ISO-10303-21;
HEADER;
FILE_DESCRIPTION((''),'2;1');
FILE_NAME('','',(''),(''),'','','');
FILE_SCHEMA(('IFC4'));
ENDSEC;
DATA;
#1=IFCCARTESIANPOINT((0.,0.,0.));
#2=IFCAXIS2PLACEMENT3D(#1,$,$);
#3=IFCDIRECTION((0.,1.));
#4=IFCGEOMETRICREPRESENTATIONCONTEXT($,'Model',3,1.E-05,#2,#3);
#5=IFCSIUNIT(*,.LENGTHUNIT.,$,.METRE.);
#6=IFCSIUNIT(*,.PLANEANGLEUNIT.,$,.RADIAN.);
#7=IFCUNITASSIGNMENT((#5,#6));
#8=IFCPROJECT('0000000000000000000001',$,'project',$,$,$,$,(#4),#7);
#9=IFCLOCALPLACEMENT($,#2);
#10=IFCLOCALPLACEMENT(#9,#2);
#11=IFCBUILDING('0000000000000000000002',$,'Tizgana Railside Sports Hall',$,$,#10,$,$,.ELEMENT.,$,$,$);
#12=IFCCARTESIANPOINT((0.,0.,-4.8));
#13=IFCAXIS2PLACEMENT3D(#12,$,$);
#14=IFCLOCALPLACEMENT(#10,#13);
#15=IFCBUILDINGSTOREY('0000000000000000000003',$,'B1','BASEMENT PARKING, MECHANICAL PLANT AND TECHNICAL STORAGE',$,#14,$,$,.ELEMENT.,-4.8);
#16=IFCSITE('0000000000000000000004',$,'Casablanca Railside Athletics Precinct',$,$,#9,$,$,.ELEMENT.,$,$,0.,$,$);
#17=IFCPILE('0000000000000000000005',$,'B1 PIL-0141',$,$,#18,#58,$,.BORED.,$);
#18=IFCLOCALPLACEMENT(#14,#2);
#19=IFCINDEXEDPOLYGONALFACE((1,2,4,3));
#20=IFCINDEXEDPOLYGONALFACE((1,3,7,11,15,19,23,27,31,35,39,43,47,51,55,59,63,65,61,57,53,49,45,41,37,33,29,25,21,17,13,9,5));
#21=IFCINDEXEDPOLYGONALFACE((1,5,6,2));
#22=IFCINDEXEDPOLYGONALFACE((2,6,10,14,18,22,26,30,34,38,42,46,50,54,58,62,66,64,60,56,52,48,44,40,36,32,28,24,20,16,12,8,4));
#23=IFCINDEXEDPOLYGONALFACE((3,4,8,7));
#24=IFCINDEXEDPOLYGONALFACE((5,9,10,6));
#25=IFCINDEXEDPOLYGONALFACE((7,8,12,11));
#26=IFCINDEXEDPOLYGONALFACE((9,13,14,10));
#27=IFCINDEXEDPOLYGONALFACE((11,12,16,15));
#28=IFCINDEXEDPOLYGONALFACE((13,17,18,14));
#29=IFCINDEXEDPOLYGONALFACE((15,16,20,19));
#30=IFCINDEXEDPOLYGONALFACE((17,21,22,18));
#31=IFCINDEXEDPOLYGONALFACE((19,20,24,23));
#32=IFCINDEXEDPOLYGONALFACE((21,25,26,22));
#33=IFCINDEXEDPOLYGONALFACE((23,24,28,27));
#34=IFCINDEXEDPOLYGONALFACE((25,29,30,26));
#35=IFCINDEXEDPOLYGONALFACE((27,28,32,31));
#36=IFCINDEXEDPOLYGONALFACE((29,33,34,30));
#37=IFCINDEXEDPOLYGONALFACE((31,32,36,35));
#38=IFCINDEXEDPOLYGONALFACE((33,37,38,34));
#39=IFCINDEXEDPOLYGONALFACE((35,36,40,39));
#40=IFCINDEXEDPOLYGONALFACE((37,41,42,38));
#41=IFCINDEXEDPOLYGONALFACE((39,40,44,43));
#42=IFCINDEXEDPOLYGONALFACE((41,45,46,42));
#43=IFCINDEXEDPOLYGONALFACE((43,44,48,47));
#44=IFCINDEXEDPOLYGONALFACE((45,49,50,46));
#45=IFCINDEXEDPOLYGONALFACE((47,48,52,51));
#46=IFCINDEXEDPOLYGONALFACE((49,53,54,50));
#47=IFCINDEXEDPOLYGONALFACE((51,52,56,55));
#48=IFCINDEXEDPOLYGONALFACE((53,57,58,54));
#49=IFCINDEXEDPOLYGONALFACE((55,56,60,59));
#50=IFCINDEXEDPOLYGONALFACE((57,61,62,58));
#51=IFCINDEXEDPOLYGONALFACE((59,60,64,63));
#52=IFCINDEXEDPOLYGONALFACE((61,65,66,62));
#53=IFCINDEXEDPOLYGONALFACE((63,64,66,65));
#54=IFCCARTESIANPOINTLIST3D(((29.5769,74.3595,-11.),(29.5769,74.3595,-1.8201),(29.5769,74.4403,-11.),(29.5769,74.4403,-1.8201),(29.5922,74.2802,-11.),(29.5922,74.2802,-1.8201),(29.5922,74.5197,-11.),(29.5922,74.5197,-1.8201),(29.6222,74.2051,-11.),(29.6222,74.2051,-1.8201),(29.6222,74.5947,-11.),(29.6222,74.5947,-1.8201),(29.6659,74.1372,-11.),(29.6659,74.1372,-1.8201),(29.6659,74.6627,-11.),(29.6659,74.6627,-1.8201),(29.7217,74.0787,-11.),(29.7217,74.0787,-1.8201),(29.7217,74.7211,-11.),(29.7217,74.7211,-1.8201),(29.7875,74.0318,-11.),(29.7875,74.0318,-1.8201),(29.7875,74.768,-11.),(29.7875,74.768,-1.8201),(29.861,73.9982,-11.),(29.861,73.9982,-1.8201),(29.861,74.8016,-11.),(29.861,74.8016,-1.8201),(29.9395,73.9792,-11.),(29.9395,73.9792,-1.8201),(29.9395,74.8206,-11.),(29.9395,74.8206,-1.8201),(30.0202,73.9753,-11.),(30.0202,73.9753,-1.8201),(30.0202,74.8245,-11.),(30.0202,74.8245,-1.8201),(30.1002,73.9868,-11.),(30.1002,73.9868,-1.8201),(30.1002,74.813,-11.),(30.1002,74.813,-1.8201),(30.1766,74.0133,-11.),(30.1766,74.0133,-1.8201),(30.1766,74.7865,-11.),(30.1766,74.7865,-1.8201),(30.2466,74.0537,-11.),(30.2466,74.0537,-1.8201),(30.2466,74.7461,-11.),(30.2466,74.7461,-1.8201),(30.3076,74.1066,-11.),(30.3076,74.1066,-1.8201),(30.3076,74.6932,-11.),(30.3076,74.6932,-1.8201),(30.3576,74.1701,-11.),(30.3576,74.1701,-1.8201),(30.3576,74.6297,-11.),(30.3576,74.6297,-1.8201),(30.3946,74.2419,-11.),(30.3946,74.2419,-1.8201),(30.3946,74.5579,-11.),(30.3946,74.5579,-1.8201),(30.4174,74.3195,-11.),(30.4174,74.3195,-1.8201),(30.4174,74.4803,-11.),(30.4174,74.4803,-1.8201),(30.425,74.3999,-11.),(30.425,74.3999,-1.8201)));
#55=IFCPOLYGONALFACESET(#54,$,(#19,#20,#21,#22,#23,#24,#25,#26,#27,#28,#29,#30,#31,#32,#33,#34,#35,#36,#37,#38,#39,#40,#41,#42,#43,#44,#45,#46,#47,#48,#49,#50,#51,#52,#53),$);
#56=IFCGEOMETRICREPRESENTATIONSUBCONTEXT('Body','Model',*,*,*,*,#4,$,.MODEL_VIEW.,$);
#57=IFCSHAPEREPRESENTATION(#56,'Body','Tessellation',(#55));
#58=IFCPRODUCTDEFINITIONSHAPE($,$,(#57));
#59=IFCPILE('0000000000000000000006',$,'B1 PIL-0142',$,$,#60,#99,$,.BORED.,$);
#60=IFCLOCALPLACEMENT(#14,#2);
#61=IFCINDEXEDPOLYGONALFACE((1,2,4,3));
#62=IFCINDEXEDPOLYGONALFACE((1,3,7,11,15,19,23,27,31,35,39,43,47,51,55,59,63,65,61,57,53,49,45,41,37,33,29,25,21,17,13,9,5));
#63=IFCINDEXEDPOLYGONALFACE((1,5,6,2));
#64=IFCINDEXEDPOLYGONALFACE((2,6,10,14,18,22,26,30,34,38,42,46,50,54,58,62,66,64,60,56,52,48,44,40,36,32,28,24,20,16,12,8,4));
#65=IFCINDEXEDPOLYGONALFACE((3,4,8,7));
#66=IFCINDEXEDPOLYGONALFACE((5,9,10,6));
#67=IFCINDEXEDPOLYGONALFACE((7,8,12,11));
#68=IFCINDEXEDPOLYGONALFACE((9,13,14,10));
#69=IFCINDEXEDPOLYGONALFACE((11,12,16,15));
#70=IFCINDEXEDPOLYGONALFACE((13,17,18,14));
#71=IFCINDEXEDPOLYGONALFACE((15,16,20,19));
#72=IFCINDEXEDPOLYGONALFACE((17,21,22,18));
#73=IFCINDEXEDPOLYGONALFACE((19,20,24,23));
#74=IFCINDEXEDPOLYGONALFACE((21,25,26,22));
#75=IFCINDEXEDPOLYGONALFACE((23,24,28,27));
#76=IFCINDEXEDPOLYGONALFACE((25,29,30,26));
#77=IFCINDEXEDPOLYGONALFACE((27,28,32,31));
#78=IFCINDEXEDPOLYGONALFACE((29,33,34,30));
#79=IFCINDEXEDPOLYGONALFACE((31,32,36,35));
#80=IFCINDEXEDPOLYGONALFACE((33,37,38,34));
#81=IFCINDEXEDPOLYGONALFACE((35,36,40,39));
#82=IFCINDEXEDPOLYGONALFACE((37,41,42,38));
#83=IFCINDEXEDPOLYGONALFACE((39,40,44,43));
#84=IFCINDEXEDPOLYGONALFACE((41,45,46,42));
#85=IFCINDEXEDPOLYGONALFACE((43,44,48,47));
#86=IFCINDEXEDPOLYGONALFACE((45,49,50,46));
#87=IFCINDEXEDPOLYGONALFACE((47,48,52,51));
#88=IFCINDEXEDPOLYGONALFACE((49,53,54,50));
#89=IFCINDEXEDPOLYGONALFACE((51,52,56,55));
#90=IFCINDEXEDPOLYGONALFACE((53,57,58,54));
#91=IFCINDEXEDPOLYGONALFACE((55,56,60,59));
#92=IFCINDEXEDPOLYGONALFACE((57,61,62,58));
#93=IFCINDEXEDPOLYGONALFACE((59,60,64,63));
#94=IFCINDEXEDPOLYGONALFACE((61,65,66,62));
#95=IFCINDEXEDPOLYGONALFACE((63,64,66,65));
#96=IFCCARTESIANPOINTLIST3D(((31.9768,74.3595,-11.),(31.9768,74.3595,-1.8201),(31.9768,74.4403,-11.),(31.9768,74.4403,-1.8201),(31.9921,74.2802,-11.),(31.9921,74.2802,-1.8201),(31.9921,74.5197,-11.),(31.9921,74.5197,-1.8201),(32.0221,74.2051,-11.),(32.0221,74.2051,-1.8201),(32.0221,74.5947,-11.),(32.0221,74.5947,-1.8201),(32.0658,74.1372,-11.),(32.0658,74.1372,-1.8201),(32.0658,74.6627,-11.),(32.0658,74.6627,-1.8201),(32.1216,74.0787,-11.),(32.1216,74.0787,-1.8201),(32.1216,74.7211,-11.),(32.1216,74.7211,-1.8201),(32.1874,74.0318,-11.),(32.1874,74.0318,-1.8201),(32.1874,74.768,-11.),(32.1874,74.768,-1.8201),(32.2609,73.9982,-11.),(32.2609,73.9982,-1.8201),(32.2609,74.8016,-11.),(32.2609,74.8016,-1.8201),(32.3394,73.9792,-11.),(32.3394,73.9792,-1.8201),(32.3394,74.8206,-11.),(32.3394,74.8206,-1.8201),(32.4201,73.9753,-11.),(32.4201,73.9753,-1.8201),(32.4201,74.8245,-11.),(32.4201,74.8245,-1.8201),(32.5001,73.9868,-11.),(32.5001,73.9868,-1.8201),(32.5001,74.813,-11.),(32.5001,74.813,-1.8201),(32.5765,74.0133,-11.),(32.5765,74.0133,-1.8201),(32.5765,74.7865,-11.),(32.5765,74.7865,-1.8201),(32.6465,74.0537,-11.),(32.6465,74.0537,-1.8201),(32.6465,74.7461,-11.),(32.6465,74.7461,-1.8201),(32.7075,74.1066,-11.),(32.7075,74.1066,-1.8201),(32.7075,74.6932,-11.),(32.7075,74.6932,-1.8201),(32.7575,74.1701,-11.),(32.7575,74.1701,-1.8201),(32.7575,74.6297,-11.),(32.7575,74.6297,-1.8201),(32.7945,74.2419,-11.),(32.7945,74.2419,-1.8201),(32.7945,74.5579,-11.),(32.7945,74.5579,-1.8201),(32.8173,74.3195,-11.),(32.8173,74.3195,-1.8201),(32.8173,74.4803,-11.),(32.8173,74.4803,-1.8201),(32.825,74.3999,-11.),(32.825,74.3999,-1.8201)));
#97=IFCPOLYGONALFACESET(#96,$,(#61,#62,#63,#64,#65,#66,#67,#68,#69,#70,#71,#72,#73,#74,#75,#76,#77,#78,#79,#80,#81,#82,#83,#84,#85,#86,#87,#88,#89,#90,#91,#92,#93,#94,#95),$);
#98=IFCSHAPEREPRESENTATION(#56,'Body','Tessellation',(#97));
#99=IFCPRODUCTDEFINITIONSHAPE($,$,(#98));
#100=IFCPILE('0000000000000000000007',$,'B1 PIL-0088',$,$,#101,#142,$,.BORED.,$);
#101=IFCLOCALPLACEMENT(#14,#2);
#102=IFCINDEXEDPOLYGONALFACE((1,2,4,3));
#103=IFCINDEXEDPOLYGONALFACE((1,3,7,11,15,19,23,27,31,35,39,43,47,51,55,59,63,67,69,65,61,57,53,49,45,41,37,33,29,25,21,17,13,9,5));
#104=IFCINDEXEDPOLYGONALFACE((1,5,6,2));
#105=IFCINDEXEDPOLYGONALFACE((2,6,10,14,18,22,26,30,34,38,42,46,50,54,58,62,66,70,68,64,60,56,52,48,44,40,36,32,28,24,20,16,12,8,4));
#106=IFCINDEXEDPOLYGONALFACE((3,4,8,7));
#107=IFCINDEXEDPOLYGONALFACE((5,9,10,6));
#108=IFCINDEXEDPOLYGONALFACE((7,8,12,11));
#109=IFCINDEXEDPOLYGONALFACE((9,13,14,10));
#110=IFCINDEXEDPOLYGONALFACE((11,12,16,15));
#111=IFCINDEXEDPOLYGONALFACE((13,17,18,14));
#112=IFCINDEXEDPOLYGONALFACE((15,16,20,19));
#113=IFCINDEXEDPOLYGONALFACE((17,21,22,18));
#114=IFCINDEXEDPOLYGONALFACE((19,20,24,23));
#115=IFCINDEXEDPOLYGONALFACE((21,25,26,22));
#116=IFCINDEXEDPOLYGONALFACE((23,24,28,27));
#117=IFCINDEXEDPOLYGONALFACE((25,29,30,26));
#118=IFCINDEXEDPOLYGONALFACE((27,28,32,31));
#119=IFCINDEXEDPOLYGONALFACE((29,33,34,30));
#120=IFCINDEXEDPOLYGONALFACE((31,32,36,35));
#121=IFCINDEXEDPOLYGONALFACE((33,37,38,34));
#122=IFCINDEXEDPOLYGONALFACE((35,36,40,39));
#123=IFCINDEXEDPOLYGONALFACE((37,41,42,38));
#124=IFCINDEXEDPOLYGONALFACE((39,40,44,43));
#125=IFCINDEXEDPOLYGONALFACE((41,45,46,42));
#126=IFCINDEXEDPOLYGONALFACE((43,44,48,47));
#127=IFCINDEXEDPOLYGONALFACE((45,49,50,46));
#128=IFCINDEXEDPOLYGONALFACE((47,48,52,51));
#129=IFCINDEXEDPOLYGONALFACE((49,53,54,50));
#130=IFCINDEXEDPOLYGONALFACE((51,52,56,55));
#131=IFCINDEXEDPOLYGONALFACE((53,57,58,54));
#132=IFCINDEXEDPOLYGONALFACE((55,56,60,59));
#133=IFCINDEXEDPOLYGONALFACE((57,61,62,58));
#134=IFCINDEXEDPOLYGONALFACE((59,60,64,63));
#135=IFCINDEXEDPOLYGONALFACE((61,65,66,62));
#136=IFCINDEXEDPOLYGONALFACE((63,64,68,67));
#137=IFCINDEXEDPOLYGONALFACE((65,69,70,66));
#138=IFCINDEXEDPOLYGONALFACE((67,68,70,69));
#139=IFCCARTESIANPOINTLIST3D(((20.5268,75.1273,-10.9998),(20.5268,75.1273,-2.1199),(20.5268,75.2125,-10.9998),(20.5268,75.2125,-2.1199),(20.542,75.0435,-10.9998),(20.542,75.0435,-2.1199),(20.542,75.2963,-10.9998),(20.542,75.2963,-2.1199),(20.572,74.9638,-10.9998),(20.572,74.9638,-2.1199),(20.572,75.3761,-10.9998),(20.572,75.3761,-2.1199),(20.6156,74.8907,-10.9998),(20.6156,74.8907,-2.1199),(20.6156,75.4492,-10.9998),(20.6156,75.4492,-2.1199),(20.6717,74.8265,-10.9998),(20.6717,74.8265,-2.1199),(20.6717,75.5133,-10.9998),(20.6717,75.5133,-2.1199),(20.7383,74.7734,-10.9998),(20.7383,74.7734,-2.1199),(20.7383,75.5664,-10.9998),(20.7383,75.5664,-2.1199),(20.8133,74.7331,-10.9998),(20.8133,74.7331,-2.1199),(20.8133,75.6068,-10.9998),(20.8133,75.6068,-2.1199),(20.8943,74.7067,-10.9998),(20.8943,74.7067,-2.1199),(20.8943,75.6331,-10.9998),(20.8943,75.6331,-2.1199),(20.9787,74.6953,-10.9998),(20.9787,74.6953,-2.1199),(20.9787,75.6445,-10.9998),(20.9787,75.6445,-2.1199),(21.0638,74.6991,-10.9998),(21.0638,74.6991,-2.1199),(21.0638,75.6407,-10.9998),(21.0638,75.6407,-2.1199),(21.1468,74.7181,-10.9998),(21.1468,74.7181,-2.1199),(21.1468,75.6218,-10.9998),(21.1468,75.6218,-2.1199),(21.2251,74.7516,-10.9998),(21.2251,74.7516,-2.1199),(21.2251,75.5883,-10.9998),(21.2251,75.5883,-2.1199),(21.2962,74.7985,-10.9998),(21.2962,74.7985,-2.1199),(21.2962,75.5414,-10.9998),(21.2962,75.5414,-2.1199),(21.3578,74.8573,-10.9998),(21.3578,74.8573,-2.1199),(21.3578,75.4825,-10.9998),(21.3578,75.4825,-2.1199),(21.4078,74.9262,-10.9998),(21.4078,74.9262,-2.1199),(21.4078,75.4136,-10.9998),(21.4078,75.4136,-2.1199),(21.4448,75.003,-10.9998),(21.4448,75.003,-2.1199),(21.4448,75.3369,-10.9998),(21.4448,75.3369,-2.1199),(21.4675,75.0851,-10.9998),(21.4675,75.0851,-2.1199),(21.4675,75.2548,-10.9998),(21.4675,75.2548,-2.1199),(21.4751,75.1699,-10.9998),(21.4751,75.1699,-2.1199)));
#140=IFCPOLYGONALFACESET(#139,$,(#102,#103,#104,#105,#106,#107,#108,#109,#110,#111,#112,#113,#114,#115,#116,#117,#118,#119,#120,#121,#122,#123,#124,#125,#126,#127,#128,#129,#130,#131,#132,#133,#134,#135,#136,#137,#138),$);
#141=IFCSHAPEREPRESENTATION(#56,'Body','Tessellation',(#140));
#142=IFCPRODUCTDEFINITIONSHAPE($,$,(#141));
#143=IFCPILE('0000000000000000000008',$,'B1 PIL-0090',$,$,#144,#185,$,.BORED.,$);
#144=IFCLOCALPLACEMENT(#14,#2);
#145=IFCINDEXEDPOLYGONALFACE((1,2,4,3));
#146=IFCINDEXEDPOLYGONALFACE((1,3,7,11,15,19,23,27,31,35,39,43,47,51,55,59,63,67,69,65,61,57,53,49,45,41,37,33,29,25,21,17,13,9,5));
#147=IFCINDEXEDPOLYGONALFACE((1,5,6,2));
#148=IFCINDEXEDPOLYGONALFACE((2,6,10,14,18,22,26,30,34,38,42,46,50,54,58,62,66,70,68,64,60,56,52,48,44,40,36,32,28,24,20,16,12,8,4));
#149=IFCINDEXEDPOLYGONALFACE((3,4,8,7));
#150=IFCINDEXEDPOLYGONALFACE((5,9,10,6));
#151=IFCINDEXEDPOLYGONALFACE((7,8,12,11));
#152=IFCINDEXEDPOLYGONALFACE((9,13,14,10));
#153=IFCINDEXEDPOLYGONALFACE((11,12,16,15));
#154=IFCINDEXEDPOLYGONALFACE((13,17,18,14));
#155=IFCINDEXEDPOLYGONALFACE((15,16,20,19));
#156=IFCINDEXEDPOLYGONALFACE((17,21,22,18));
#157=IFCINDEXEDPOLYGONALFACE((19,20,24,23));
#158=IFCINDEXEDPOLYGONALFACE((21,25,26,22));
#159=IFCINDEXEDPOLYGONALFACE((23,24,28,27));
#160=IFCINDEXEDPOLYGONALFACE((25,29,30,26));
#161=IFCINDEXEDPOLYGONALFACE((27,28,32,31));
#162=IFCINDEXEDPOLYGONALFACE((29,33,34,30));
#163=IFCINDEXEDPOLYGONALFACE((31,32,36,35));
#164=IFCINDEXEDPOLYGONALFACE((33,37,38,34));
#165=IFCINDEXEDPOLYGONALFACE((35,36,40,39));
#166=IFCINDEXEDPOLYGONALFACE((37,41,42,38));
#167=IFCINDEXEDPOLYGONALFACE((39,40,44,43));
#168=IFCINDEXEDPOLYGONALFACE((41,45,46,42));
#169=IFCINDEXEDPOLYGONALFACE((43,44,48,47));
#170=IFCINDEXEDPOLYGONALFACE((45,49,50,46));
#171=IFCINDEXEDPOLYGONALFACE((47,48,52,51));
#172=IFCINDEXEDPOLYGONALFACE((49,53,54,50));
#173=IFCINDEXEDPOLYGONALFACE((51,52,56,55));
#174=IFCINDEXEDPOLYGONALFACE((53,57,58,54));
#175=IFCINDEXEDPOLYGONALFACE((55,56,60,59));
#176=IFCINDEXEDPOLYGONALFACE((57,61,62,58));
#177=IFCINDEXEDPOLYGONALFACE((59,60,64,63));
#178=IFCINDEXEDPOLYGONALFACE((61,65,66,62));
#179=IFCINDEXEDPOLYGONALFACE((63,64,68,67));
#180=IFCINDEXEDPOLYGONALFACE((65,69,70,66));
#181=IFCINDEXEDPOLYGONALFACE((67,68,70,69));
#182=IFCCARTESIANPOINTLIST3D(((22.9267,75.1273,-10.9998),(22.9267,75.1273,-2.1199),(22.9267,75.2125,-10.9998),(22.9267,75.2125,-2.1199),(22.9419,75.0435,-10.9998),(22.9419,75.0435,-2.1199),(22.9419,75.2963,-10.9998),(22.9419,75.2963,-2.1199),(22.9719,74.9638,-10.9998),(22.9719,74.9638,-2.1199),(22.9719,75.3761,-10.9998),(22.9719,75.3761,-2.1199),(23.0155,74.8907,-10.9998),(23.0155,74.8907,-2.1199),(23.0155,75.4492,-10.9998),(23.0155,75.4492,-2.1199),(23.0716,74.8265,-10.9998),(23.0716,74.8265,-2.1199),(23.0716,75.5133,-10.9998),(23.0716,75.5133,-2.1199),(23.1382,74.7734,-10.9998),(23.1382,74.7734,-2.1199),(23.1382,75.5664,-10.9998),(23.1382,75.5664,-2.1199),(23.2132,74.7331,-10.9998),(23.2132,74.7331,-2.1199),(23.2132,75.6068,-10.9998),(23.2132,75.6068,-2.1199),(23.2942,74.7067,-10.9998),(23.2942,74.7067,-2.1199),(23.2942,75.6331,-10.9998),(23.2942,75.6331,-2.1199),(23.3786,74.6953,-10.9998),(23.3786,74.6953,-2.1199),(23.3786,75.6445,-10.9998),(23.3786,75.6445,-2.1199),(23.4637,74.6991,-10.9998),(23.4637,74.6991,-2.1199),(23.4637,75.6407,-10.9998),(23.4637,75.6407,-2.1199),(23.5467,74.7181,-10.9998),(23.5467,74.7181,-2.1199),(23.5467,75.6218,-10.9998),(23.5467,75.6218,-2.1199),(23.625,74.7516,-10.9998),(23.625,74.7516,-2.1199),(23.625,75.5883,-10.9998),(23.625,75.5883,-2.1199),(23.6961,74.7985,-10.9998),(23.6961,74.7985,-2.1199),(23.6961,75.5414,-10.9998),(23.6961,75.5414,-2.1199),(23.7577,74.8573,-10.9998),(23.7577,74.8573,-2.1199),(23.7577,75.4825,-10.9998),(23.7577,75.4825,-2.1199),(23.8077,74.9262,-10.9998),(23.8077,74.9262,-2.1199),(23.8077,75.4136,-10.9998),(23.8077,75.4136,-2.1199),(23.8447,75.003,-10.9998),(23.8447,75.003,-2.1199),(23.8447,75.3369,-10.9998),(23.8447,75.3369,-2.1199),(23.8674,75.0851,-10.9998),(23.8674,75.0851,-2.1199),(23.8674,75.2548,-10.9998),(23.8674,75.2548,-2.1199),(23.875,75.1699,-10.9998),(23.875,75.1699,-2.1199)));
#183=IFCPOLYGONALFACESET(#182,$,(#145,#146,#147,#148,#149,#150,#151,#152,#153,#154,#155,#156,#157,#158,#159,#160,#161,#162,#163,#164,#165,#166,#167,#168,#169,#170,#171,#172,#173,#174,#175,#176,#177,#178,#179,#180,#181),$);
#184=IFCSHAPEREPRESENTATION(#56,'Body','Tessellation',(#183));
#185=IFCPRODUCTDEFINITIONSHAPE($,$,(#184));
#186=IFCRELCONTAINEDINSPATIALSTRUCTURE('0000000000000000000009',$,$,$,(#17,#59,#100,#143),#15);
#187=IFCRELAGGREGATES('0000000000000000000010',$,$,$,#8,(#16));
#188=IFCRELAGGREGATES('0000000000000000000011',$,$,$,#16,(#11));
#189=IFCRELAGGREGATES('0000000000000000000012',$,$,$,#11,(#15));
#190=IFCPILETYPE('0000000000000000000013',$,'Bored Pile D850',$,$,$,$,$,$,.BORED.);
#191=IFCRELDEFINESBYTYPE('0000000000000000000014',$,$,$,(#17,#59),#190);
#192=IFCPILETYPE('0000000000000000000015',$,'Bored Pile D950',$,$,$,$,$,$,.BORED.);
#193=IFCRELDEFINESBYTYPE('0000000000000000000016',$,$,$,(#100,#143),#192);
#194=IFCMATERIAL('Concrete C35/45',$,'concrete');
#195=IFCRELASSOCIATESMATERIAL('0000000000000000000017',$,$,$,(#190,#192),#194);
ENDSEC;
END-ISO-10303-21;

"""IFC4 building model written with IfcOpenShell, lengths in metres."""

from ifc_helpers import new_model, si_unit, direction, frame, origin, origin_2d, place, context, subcontext, project, spatial, circle, extrude, material, material_profile, profile_set, type_object, element, save


model = new_model("IFC4")

# Units and contexts
model_context = context("Model", 3, precision=1e-05, world=origin(), true_north=direction((0.0, 1.0)))
body_context = subcontext(model_context, "Body", "Model", "MODEL_VIEW")
ifc_project = project(units=[si_unit("LENGTHUNIT", "METRE"), si_unit("PLANEANGLEUNIT", "RADIAN")], contexts=[model_context])

# Site, building, storey
site_placement = place(None, origin())
site = spatial("IfcSite", under=ifc_project, at=site_placement, Name="Casablanca Railside Athletics Precinct", CompositionType="ELEMENT", RefElevation=0.0)
building_placement = place(site_placement, origin())
building = spatial("IfcBuilding", under=site, at=building_placement, Name="Tizgana Railside Sports Hall", CompositionType="ELEMENT")
storey_placement = place(building_placement, frame((0.0, 0.0, -4.8)))
storey = spatial("IfcBuildingStorey", under=building, at=storey_placement, Name="B1", Description="BASEMENT PARKING, MECHANICAL PLANT AND TECHNICAL STORAGE", CompositionType="ELEMENT", Elevation=-4.8)

# Piles
ifc_material_1 = material(Name="Concrete C35/45", Category="concrete")
ifc_material_profile_1 = material_profile(ifc_material_1, circle(Radius=0.425, at=origin_2d()), Name="PILE D850")
ifc_profile_set_1 = profile_set([ifc_material_profile_1], Name="Concrete C35/45")
pile_type_1 = type_object("IfcPileType", Name="Bored Pile D850", PredefinedType="BORED", material=ifc_profile_set_1)
for number, where, z_axis, x_axis, name in (
    (1, (30.0, 74.3999, -1.8201), (0.0, 0.0, -1.0), (1.0, 0.0, 0.0), "B1 PIL-0141"),
    (2, (32.3999, 74.3999, -1.8201), (0.0, 0.0, -1.0), (1.0, 0.0, 0.0), "B1 PIL-0142"),
):
    element("IfcPile", number, at=place(storey_placement, frame(where, z_axis=z_axis, x_axis=x_axis)), inside=storey, type_object=pile_type_1, Name=name, PredefinedType="BORED", context=body_context, shape_type="SweptSolid", body=[
        extrude(circle(Radius=0.425, at=origin_2d()), origin(), (0.0, 0.0, 1.0), 9.1799),
    ])
ifc_material_profile_2 = material_profile(ifc_material_1, circle(Radius=0.4751, at=origin_2d()), Name="PILE D950")
ifc_profile_set_2 = profile_set([ifc_material_profile_2], Name="Concrete C35/45")
pile_type_2 = type_object("IfcPileType", Name="Bored Pile D950", PredefinedType="BORED", material=ifc_profile_set_2)
for number, where, z_axis, x_axis, name in (
    (3, (21.0, 75.1699, -2.1199), (0.0, 0.0, -1.0), (1.0, 0.0, 0.0), "B1 PIL-0088"),
    (4, (23.3999, 75.1699, -2.1199), (0.0, 0.0, -1.0), (1.0, 0.0, 0.0), "B1 PIL-0090"),
):
    element("IfcPile", number, at=place(storey_placement, frame(where, z_axis=z_axis, x_axis=x_axis)), inside=storey, type_object=pile_type_2, Name=name, PredefinedType="BORED", context=body_context, shape_type="SweptSolid", body=[
        extrude(circle(Radius=0.4751, at=origin_2d()), origin(), (0.0, 0.0, 1.0), 8.8799),
    ])

save(model, "model.ifc")
